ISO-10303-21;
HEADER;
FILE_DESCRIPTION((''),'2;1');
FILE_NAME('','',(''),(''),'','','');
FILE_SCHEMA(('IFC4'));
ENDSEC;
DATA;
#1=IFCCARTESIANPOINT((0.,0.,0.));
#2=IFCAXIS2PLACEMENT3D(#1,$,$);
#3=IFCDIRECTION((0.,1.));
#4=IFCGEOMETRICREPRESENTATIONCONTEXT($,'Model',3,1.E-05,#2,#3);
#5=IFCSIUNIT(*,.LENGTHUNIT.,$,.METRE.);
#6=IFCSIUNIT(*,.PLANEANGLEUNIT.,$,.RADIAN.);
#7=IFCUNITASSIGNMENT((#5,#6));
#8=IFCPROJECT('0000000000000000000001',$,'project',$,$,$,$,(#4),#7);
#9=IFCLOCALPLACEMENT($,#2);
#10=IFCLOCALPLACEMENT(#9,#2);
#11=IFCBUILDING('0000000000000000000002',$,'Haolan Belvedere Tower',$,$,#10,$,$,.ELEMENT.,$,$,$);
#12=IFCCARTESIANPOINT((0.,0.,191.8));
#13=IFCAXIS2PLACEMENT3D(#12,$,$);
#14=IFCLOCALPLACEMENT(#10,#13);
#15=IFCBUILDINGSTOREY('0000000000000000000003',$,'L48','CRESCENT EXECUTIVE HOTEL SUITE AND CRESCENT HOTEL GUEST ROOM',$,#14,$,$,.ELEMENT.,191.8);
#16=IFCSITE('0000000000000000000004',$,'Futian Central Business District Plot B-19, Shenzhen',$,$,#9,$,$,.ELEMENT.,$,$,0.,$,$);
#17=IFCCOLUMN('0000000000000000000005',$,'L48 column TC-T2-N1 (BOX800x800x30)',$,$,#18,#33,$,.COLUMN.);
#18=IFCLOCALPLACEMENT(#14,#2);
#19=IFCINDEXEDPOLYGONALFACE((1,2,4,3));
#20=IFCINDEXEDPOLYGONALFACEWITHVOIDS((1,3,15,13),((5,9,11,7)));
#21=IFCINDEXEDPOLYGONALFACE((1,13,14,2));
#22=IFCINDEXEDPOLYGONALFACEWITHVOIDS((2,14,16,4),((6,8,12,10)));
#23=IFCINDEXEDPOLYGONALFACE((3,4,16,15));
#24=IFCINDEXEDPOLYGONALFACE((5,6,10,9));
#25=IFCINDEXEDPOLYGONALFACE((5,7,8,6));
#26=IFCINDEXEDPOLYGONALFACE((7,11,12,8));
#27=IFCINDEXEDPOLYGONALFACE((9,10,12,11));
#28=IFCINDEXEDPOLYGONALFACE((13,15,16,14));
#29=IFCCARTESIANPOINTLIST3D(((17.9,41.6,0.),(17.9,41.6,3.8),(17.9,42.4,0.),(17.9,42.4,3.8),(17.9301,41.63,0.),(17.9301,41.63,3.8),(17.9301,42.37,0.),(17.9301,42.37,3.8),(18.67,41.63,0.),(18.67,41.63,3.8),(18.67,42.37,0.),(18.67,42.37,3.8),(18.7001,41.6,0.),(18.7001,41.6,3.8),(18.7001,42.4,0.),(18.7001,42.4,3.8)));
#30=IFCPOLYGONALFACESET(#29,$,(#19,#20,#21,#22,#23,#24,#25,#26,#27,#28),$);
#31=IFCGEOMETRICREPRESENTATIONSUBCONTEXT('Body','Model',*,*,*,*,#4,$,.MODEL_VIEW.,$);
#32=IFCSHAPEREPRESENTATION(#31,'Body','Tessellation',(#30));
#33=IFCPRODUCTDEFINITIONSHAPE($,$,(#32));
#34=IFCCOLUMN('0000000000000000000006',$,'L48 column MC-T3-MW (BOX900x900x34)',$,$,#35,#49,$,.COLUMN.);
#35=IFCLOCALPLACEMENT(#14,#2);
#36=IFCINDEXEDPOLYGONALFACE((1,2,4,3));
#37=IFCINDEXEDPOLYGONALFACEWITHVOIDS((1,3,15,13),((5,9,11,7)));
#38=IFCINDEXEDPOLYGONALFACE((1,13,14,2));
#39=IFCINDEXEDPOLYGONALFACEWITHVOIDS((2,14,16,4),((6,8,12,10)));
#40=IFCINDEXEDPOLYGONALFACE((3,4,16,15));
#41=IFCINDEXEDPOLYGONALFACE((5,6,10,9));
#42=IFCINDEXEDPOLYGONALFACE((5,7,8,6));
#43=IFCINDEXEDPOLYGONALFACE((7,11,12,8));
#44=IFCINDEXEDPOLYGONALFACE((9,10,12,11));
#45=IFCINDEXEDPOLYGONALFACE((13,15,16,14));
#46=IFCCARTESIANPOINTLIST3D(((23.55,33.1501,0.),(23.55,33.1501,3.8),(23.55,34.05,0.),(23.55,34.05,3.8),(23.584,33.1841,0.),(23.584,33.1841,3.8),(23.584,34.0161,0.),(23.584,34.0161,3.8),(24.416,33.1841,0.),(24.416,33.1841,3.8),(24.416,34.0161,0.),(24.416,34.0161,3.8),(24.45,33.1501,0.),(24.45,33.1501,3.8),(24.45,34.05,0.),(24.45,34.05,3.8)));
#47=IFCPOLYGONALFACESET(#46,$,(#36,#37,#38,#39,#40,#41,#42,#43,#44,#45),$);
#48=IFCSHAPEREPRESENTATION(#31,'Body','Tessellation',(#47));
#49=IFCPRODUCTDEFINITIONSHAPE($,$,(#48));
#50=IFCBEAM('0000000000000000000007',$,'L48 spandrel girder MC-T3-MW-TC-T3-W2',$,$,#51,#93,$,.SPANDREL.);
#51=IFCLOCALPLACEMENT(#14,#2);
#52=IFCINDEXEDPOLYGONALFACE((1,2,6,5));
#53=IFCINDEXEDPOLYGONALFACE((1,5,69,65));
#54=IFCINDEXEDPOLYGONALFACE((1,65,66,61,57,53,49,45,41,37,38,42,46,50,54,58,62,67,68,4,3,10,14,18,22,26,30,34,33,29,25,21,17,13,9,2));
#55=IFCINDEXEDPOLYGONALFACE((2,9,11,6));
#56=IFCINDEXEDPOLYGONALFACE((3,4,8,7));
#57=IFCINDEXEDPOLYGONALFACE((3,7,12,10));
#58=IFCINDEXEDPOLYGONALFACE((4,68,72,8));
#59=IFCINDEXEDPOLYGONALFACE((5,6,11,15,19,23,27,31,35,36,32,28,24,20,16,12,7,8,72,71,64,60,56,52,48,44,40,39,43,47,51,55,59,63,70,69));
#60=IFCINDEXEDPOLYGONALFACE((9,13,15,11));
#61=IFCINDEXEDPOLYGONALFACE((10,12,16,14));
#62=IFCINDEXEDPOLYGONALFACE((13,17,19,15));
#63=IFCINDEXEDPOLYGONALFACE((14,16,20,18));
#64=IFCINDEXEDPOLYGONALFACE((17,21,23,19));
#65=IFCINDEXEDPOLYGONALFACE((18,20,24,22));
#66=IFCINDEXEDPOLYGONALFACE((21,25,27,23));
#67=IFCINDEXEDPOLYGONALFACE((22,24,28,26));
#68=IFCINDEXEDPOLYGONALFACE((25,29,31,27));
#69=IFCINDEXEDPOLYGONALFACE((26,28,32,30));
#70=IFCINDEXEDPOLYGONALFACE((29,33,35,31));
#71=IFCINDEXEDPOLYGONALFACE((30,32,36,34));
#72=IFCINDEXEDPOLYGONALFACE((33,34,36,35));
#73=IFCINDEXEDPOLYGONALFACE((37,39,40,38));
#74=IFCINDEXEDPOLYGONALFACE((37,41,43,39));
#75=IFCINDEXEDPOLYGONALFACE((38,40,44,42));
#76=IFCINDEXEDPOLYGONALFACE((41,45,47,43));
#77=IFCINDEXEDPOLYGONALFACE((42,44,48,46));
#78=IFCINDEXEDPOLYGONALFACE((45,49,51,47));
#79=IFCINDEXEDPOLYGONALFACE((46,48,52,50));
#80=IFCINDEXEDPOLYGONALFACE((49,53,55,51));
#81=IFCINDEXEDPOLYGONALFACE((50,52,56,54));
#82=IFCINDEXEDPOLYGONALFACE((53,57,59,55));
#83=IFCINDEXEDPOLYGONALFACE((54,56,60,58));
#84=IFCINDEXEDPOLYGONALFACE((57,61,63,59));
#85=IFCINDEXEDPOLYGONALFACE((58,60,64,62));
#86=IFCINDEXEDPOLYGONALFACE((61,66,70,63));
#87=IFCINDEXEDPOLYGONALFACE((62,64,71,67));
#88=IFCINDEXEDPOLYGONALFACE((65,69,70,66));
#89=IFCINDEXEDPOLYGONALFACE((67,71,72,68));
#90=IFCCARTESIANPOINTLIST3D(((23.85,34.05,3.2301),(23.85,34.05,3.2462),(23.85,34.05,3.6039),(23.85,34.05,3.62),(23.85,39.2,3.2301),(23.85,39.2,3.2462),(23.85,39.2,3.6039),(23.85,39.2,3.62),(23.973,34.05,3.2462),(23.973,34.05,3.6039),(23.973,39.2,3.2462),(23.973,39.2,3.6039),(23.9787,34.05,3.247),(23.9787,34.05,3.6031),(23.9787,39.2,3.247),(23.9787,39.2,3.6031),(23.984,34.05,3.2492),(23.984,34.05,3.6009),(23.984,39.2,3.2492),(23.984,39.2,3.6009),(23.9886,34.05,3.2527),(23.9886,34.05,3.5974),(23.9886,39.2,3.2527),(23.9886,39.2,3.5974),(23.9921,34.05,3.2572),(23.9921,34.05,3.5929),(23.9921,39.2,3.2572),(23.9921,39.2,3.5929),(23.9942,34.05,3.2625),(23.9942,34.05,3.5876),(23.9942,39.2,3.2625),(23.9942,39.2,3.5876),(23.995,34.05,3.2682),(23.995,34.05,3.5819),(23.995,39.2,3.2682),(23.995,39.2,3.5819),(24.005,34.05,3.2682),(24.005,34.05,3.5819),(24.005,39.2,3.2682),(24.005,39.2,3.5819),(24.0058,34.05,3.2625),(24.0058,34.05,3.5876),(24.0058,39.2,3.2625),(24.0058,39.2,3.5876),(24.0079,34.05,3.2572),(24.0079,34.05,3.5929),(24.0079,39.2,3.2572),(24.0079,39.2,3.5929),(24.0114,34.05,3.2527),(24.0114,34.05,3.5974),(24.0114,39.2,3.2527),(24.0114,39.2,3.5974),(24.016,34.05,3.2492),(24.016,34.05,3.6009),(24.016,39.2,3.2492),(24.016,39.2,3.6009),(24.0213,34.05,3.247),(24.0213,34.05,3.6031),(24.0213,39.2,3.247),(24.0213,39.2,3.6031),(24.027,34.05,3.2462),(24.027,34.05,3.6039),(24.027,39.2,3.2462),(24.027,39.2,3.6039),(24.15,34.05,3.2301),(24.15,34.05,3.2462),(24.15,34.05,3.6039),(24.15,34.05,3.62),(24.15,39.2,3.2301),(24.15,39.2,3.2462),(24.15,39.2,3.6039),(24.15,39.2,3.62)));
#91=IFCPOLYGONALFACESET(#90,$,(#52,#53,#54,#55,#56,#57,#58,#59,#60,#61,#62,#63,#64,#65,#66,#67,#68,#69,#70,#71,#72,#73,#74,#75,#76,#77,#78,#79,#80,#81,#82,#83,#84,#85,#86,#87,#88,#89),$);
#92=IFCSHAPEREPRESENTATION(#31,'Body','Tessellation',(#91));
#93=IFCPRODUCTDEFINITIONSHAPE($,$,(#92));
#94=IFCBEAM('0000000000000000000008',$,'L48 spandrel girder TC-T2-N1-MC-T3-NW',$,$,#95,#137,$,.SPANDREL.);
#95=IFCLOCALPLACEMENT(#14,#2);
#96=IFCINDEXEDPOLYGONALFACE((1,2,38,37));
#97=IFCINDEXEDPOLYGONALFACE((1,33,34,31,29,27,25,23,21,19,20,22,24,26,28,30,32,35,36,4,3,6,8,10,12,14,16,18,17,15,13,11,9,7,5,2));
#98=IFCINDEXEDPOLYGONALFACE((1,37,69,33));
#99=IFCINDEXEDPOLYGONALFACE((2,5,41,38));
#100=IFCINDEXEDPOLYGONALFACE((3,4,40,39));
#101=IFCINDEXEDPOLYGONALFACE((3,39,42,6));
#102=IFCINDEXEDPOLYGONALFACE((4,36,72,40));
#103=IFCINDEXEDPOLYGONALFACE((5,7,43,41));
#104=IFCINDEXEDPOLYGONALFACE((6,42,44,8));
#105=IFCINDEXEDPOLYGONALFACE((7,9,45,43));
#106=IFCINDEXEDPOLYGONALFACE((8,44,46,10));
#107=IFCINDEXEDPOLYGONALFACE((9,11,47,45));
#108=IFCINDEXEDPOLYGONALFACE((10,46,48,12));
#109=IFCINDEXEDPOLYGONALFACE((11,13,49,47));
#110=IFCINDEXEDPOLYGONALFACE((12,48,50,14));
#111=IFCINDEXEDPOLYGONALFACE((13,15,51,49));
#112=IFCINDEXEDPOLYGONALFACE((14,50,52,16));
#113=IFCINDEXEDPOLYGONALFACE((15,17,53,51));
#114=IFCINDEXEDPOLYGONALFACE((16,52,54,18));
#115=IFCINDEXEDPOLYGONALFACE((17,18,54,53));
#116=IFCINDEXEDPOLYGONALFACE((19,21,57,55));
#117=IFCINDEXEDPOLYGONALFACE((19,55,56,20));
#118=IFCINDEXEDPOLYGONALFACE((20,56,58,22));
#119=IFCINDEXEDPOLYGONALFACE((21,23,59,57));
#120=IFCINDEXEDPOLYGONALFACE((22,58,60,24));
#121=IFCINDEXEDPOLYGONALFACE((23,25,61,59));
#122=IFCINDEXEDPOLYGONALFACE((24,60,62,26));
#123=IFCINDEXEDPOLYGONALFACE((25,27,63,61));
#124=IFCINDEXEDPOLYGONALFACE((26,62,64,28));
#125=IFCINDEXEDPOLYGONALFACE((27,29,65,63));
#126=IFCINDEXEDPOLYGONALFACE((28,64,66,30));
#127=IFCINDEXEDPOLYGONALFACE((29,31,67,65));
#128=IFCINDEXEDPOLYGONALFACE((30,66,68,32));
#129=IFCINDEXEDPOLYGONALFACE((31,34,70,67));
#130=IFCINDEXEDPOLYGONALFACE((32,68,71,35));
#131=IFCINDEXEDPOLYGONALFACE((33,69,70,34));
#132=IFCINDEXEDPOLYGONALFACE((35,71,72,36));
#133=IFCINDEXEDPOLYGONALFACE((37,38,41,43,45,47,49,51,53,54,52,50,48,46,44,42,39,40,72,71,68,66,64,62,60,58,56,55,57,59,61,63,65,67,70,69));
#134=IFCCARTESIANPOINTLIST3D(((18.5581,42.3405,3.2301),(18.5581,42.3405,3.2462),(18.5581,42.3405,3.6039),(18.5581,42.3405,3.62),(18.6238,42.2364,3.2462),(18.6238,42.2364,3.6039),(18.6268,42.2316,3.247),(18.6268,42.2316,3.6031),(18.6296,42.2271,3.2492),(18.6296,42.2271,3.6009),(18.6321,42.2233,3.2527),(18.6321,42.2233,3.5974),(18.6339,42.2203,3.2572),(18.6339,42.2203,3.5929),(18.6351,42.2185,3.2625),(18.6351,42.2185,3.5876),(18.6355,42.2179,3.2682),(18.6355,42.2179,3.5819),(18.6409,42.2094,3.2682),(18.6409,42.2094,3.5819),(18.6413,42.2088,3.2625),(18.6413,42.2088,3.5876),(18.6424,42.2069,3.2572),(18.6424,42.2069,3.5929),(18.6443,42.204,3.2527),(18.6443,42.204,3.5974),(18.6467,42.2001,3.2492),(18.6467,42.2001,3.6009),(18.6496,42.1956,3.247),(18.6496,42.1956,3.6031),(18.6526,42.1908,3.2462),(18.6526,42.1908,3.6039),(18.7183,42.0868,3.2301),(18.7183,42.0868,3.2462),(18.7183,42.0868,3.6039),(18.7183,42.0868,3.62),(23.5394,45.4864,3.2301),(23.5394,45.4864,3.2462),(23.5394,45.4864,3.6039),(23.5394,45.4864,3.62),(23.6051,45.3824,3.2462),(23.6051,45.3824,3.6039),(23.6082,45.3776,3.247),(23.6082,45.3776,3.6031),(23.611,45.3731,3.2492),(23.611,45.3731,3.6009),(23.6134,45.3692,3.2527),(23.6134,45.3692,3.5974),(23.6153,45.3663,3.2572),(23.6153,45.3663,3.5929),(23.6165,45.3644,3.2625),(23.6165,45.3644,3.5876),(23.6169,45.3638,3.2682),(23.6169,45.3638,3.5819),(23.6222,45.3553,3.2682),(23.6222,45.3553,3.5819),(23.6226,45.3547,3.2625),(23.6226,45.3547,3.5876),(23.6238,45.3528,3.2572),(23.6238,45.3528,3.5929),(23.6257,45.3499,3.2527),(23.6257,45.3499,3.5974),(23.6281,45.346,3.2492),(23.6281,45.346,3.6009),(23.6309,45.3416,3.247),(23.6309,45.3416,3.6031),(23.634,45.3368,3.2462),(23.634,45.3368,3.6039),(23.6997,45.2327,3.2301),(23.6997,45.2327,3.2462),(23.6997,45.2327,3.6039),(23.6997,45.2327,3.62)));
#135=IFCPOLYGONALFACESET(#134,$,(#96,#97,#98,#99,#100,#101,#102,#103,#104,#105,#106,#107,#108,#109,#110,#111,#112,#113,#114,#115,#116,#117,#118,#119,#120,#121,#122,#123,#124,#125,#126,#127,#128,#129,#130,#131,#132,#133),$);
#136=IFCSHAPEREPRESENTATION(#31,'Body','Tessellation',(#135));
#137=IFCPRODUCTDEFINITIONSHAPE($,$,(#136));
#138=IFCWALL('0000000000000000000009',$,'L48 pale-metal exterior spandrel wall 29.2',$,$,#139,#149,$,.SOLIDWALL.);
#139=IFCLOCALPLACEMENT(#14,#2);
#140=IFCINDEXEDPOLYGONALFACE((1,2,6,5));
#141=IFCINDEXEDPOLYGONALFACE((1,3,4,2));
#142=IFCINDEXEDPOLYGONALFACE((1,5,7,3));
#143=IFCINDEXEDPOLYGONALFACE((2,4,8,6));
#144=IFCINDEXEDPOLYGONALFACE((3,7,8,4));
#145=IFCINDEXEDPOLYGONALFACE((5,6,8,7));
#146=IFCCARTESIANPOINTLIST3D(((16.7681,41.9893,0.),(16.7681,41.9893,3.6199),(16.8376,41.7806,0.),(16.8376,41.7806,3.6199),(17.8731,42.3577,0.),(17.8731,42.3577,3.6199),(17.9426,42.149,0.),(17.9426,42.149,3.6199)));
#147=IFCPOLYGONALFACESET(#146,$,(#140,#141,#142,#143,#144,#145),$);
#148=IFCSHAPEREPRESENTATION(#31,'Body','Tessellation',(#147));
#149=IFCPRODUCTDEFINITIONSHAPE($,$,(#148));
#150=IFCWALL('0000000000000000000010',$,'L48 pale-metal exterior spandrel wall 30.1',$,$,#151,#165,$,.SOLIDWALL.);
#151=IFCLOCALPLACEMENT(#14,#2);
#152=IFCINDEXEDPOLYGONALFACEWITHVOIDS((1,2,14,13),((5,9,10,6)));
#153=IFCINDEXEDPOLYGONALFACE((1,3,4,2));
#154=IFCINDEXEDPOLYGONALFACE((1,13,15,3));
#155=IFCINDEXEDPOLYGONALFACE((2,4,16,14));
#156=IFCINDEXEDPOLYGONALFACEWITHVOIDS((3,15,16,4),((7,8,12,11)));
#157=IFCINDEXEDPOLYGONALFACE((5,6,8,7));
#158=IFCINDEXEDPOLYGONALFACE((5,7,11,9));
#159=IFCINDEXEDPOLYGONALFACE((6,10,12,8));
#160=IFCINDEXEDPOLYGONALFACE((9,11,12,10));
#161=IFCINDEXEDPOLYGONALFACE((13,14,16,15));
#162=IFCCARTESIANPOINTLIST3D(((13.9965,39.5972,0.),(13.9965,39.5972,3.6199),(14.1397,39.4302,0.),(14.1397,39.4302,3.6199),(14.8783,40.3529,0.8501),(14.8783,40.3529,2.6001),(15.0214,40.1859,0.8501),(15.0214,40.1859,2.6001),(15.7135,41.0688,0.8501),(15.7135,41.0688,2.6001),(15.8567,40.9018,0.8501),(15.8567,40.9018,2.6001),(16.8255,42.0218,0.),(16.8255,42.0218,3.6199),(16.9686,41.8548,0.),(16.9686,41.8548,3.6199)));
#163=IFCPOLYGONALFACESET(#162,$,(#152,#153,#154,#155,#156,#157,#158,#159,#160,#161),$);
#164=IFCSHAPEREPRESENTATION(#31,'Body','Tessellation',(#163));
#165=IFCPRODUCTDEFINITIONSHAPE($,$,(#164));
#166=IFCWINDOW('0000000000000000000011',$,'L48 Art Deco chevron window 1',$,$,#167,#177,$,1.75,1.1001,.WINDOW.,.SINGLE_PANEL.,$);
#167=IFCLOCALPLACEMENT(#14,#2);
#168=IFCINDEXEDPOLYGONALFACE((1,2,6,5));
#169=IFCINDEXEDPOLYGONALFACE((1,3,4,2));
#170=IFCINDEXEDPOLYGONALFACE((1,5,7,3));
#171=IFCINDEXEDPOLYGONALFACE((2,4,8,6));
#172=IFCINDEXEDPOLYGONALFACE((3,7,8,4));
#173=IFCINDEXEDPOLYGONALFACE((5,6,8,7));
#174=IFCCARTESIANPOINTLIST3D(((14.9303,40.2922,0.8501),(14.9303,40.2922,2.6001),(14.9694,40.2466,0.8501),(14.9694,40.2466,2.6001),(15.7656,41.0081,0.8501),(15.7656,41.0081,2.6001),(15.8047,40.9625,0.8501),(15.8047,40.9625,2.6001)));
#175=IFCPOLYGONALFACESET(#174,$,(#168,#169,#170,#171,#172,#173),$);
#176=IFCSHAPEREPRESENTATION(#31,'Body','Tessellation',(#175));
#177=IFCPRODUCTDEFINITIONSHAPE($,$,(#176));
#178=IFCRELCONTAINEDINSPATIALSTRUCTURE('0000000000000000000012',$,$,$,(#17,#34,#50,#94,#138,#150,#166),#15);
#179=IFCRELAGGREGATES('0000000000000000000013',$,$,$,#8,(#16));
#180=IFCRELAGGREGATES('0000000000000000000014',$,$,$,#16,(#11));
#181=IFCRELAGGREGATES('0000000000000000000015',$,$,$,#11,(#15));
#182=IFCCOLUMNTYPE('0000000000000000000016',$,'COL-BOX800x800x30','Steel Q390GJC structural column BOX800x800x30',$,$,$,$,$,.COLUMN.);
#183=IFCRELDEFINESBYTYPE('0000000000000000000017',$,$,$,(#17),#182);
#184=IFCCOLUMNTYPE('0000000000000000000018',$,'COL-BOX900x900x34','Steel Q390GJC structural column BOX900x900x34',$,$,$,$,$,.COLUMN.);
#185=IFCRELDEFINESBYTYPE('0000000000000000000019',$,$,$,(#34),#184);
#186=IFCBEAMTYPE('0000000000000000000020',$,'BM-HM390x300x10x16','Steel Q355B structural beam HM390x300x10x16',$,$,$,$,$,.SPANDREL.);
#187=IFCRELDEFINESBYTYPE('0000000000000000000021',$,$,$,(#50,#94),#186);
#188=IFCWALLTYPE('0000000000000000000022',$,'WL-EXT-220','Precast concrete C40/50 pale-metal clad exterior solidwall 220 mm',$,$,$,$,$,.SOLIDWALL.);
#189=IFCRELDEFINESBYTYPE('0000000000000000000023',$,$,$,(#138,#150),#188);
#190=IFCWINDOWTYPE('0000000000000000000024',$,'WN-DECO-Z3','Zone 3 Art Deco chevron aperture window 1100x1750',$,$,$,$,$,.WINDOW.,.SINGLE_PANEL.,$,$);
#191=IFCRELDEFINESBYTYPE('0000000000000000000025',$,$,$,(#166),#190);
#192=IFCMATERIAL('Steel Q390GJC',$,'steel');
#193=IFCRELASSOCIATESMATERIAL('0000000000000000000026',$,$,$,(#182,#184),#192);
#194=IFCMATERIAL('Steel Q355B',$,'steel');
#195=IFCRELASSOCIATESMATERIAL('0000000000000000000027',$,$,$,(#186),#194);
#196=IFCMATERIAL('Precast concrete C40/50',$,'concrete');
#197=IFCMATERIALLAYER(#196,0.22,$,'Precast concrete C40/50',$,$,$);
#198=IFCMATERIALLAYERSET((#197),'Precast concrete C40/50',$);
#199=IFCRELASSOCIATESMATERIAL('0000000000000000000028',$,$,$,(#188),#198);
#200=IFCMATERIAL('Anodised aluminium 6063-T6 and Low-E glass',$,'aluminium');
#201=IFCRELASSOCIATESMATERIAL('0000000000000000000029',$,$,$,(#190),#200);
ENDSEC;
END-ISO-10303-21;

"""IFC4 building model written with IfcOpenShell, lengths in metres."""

from ifc_helpers import new_model, si_unit, direction, frame, frame_2d, origin, origin_2d, place, context, subcontext, project, spatial, rectangle, hollow_rectangle, i_section, extrude, material, layer, layer_set, material_profile, profile_set, type_object, element, fill, save


model = new_model("IFC4")

# Units and contexts
model_context = context("Model", 3, precision=1e-05, world=origin(), true_north=direction((0.0, 1.0)))
body_context = subcontext(model_context, "Body", "Model", "MODEL_VIEW")
ifc_project = project(units=[si_unit("LENGTHUNIT", "METRE"), si_unit("PLANEANGLEUNIT", "RADIAN")], contexts=[model_context])

# Site, building, storey
site_placement = place(None, origin())
site = spatial("IfcSite", under=ifc_project, at=site_placement, Name="Futian Central Business District Plot B-19, Shenzhen", CompositionType="ELEMENT", RefElevation=0.0)
building_placement = place(site_placement, origin())
building = spatial("IfcBuilding", under=site, at=building_placement, Name="Haolan Belvedere Tower", CompositionType="ELEMENT")
storey_placement = place(building_placement, frame((0.0, 0.0, 191.8)))
storey = spatial("IfcBuildingStorey", under=building, at=storey_placement, Name="L48", Description="CRESCENT EXECUTIVE HOTEL SUITE AND CRESCENT HOTEL GUEST ROOM", CompositionType="ELEMENT", Elevation=191.8)

# Columns
ifc_material_1 = material(Name="Steel Q390GJC", Category="steel")
ifc_material_profile_1 = material_profile(ifc_material_1, hollow_rectangle(XDim=0.8, YDim=0.8, WallThickness=0.03, at=origin_2d()), Name="Steel Q390GJC")
ifc_profile_set_1 = profile_set([ifc_material_profile_1], Name="Steel Q390GJC")
column_type_1 = type_object("IfcColumnType", Name="COL-BOX800x800x30", Description="Steel Q390GJC structural column BOX800x800x30", PredefinedType="COLUMN", material=ifc_profile_set_1)
column_1_placement = place(storey_placement, frame((18.3, 42.0, 0.0), z_axis=(0.0, 0.0, 1.0), x_axis=(1.0, 0.0, 0.0)))
element("IfcColumn", 1, at=column_1_placement, inside=storey, type_object=column_type_1, Name="L48 column TC-T2-N1 (BOX800x800x30)", PredefinedType="COLUMN", context=body_context, shape_type="SweptSolid", body=[
    extrude(hollow_rectangle(XDim=0.8, YDim=0.8, WallThickness=0.03, at=origin_2d()), origin(), (0.0, 0.0, 1.0), 3.8),
])
ifc_material_profile_2 = material_profile(ifc_material_1, hollow_rectangle(XDim=0.8999, YDim=0.8999, WallThickness=0.0339, at=origin_2d()), Name="Steel Q390GJC")
ifc_profile_set_2 = profile_set([ifc_material_profile_2], Name="Steel Q390GJC")
column_type_2 = type_object("IfcColumnType", Name="COL-BOX900x900x34", Description="Steel Q390GJC structural column BOX900x900x34", PredefinedType="COLUMN", material=ifc_profile_set_2)
column_2_placement = place(storey_placement, frame((24.0, 33.6001, 0.0), z_axis=(0.0, 0.0, 1.0), x_axis=(1.0, 0.0, 0.0)))
element("IfcColumn", 2, at=column_2_placement, inside=storey, type_object=column_type_2, Name="L48 column MC-T3-MW (BOX900x900x34)", PredefinedType="COLUMN", context=body_context, shape_type="SweptSolid", body=[
    extrude(hollow_rectangle(XDim=0.8999, YDim=0.8999, WallThickness=0.0339, at=origin_2d()), origin(), (0.0, 0.0, 1.0), 3.8),
])

# Beams
ifc_material_2 = material(Name="Steel Q355B", Category="steel")
ifc_material_profile_3 = material_profile(ifc_material_2, i_section(OverallWidth=0.3, OverallDepth=0.3899, WebThickness=0.01, FlangeThickness=0.0161, FilletRadius=0.022, at=origin_2d()), Name="Steel Q355B")
ifc_profile_set_3 = profile_set([ifc_material_profile_3], Name="Steel Q355B")
beam_type = type_object("IfcBeamType", Name="BM-HM390x300x10x16", Description="Steel Q355B structural beam HM390x300x10x16", PredefinedType="SPANDREL", material=ifc_profile_set_3)
beam_1_placement = place(storey_placement, frame((24.0, 34.05, 3.425), z_axis=(0.0, 1.0, 0.0), x_axis=(-1.0, 0.0, 0.0)))
element("IfcBeam", 3, at=beam_1_placement, inside=storey, type_object=beam_type, Name="L48 spandrel girder MC-T3-MW-TC-T3-W2", PredefinedType="SPANDREL", context=body_context, shape_type="SweptSolid", body=[
    extrude(i_section(OverallWidth=0.3, OverallDepth=0.3899, WebThickness=0.01, FlangeThickness=0.0161, FilletRadius=0.022, at=origin_2d()), origin(), (0.0, 0.0, 1.0), 5.1499),
])
beam_2_placement = place(storey_placement, frame((18.6382, 42.2136, 3.425), z_axis=(0.845503, 0.533971, 0.0), x_axis=(-0.533971, 0.845503, 0.0)))
element("IfcBeam", 4, at=beam_2_placement, inside=storey, type_object=beam_type, Name="L48 spandrel girder TC-T2-N1-MC-T3-NW", PredefinedType="SPANDREL", context=body_context, shape_type="SweptSolid", body=[
    extrude(i_section(OverallWidth=0.3, OverallDepth=0.3899, WebThickness=0.01, FlangeThickness=0.0161, FilletRadius=0.022, at=origin_2d()), origin(), (0.0, 0.0, 1.0), 5.8916),
])

# Wall
ifc_material_3 = material(Name="Precast concrete C40/50", Category="concrete")
ifc_layer_1 = layer(ifc_material_3, 0.22, Name="Precast concrete C40/50")
ifc_layer_set_1 = layer_set([ifc_layer_1], Name="Precast concrete C40/50")
wall_type_1 = type_object("IfcWallType", Name="WL-EXT-220", Description="Precast concrete C40/50 pale-metal clad exterior solidwall 220 mm", PredefinedType="SOLIDWALL", material=ifc_layer_set_1)
wall_1_placement = place(storey_placement, frame((17.908, 42.2534, 0.0), z_axis=(0.0, 0.0, 1.0), x_axis=(-0.948662, -0.316291, 0.0)))
element("IfcWall", 5, at=wall_1_placement, inside=storey, type_object=wall_type_1, Name="L48 pale-metal exterior spandrel wall 29.2", PredefinedType="SOLIDWALL", context=body_context, shape_type="SweptSolid", body=[
    extrude(rectangle(XDim=1.1648, YDim=0.22, at=frame_2d((0.5825, 0.0))), origin(), (0.0, 0.0, 1.0), 3.6199),
])

# Wall, opening, window
wall_2_placement = place(storey_placement, frame((16.897, 41.9382, 0.0), z_axis=(0.0, 0.0, 1.0), x_axis=(-0.75928, -0.650764, 0.0)))
wall_2 = element("IfcWall", 6, at=wall_2_placement, inside=storey, type_object=wall_type_1, Name="L48 pale-metal exterior spandrel wall 30.1", PredefinedType="SOLIDWALL", context=body_context, shape_type="SweptSolid", body=[
    extrude(rectangle(XDim=3.7258, YDim=0.22, at=frame_2d((1.8628, 0.0))), origin(), (0.0, 0.0, 1.0), 3.6199),
])
opening_1_placement = place(wall_2_placement, frame((1.4644, 0.0, 0.8501)))
opening_1 = element("IfcOpeningElement", 7, at=opening_1_placement, cuts=wall_2, PredefinedType="OPENING", context=body_context, shape_type="SweptSolid", body=[
    extrude(rectangle(XDim=1.1001, YDim=1.75, at=frame_2d((0.55, 0.875))), frame((0.0, 0.1199, 0.0), z_axis=(0.0, -1.0, 0.0), x_axis=(1.0, 0.0, 0.0)), (0.0, 0.0, 1.0), 0.24),
])
ifc_material_4 = material(Name="Anodised aluminium 6063-T6 and Low-E glass", Category="aluminium")
window_type = type_object("IfcWindowType", Name="WN-DECO-Z3", Description="Zone 3 Art Deco chevron aperture window 1100x1750", PartitioningType="SINGLE_PANEL", PredefinedType="WINDOW", material=ifc_material_4)
window_1_placement = place(opening_1_placement, origin())
window_1 = element("IfcWindow", 8, at=window_1_placement, inside=storey, type_object=window_type, Name="L48 Art Deco chevron window 1", OverallHeight=1.75, OverallWidth=1.1001, PartitioningType="SINGLE_PANEL", PredefinedType="WINDOW", context=body_context, shape_type="SweptSolid", body=[
    extrude(rectangle(XDim=1.1001, YDim=1.75, at=frame_2d((0.55, 0.875))), frame((0.0, 0.03, 0.0), z_axis=(0.0, -1.0, 0.0), x_axis=(1.0, 0.0, 0.0)), (0.0, 0.0, 1.0), 0.0601),
])
fill(opening_1, window_1)

save(model, "model.ifc")
